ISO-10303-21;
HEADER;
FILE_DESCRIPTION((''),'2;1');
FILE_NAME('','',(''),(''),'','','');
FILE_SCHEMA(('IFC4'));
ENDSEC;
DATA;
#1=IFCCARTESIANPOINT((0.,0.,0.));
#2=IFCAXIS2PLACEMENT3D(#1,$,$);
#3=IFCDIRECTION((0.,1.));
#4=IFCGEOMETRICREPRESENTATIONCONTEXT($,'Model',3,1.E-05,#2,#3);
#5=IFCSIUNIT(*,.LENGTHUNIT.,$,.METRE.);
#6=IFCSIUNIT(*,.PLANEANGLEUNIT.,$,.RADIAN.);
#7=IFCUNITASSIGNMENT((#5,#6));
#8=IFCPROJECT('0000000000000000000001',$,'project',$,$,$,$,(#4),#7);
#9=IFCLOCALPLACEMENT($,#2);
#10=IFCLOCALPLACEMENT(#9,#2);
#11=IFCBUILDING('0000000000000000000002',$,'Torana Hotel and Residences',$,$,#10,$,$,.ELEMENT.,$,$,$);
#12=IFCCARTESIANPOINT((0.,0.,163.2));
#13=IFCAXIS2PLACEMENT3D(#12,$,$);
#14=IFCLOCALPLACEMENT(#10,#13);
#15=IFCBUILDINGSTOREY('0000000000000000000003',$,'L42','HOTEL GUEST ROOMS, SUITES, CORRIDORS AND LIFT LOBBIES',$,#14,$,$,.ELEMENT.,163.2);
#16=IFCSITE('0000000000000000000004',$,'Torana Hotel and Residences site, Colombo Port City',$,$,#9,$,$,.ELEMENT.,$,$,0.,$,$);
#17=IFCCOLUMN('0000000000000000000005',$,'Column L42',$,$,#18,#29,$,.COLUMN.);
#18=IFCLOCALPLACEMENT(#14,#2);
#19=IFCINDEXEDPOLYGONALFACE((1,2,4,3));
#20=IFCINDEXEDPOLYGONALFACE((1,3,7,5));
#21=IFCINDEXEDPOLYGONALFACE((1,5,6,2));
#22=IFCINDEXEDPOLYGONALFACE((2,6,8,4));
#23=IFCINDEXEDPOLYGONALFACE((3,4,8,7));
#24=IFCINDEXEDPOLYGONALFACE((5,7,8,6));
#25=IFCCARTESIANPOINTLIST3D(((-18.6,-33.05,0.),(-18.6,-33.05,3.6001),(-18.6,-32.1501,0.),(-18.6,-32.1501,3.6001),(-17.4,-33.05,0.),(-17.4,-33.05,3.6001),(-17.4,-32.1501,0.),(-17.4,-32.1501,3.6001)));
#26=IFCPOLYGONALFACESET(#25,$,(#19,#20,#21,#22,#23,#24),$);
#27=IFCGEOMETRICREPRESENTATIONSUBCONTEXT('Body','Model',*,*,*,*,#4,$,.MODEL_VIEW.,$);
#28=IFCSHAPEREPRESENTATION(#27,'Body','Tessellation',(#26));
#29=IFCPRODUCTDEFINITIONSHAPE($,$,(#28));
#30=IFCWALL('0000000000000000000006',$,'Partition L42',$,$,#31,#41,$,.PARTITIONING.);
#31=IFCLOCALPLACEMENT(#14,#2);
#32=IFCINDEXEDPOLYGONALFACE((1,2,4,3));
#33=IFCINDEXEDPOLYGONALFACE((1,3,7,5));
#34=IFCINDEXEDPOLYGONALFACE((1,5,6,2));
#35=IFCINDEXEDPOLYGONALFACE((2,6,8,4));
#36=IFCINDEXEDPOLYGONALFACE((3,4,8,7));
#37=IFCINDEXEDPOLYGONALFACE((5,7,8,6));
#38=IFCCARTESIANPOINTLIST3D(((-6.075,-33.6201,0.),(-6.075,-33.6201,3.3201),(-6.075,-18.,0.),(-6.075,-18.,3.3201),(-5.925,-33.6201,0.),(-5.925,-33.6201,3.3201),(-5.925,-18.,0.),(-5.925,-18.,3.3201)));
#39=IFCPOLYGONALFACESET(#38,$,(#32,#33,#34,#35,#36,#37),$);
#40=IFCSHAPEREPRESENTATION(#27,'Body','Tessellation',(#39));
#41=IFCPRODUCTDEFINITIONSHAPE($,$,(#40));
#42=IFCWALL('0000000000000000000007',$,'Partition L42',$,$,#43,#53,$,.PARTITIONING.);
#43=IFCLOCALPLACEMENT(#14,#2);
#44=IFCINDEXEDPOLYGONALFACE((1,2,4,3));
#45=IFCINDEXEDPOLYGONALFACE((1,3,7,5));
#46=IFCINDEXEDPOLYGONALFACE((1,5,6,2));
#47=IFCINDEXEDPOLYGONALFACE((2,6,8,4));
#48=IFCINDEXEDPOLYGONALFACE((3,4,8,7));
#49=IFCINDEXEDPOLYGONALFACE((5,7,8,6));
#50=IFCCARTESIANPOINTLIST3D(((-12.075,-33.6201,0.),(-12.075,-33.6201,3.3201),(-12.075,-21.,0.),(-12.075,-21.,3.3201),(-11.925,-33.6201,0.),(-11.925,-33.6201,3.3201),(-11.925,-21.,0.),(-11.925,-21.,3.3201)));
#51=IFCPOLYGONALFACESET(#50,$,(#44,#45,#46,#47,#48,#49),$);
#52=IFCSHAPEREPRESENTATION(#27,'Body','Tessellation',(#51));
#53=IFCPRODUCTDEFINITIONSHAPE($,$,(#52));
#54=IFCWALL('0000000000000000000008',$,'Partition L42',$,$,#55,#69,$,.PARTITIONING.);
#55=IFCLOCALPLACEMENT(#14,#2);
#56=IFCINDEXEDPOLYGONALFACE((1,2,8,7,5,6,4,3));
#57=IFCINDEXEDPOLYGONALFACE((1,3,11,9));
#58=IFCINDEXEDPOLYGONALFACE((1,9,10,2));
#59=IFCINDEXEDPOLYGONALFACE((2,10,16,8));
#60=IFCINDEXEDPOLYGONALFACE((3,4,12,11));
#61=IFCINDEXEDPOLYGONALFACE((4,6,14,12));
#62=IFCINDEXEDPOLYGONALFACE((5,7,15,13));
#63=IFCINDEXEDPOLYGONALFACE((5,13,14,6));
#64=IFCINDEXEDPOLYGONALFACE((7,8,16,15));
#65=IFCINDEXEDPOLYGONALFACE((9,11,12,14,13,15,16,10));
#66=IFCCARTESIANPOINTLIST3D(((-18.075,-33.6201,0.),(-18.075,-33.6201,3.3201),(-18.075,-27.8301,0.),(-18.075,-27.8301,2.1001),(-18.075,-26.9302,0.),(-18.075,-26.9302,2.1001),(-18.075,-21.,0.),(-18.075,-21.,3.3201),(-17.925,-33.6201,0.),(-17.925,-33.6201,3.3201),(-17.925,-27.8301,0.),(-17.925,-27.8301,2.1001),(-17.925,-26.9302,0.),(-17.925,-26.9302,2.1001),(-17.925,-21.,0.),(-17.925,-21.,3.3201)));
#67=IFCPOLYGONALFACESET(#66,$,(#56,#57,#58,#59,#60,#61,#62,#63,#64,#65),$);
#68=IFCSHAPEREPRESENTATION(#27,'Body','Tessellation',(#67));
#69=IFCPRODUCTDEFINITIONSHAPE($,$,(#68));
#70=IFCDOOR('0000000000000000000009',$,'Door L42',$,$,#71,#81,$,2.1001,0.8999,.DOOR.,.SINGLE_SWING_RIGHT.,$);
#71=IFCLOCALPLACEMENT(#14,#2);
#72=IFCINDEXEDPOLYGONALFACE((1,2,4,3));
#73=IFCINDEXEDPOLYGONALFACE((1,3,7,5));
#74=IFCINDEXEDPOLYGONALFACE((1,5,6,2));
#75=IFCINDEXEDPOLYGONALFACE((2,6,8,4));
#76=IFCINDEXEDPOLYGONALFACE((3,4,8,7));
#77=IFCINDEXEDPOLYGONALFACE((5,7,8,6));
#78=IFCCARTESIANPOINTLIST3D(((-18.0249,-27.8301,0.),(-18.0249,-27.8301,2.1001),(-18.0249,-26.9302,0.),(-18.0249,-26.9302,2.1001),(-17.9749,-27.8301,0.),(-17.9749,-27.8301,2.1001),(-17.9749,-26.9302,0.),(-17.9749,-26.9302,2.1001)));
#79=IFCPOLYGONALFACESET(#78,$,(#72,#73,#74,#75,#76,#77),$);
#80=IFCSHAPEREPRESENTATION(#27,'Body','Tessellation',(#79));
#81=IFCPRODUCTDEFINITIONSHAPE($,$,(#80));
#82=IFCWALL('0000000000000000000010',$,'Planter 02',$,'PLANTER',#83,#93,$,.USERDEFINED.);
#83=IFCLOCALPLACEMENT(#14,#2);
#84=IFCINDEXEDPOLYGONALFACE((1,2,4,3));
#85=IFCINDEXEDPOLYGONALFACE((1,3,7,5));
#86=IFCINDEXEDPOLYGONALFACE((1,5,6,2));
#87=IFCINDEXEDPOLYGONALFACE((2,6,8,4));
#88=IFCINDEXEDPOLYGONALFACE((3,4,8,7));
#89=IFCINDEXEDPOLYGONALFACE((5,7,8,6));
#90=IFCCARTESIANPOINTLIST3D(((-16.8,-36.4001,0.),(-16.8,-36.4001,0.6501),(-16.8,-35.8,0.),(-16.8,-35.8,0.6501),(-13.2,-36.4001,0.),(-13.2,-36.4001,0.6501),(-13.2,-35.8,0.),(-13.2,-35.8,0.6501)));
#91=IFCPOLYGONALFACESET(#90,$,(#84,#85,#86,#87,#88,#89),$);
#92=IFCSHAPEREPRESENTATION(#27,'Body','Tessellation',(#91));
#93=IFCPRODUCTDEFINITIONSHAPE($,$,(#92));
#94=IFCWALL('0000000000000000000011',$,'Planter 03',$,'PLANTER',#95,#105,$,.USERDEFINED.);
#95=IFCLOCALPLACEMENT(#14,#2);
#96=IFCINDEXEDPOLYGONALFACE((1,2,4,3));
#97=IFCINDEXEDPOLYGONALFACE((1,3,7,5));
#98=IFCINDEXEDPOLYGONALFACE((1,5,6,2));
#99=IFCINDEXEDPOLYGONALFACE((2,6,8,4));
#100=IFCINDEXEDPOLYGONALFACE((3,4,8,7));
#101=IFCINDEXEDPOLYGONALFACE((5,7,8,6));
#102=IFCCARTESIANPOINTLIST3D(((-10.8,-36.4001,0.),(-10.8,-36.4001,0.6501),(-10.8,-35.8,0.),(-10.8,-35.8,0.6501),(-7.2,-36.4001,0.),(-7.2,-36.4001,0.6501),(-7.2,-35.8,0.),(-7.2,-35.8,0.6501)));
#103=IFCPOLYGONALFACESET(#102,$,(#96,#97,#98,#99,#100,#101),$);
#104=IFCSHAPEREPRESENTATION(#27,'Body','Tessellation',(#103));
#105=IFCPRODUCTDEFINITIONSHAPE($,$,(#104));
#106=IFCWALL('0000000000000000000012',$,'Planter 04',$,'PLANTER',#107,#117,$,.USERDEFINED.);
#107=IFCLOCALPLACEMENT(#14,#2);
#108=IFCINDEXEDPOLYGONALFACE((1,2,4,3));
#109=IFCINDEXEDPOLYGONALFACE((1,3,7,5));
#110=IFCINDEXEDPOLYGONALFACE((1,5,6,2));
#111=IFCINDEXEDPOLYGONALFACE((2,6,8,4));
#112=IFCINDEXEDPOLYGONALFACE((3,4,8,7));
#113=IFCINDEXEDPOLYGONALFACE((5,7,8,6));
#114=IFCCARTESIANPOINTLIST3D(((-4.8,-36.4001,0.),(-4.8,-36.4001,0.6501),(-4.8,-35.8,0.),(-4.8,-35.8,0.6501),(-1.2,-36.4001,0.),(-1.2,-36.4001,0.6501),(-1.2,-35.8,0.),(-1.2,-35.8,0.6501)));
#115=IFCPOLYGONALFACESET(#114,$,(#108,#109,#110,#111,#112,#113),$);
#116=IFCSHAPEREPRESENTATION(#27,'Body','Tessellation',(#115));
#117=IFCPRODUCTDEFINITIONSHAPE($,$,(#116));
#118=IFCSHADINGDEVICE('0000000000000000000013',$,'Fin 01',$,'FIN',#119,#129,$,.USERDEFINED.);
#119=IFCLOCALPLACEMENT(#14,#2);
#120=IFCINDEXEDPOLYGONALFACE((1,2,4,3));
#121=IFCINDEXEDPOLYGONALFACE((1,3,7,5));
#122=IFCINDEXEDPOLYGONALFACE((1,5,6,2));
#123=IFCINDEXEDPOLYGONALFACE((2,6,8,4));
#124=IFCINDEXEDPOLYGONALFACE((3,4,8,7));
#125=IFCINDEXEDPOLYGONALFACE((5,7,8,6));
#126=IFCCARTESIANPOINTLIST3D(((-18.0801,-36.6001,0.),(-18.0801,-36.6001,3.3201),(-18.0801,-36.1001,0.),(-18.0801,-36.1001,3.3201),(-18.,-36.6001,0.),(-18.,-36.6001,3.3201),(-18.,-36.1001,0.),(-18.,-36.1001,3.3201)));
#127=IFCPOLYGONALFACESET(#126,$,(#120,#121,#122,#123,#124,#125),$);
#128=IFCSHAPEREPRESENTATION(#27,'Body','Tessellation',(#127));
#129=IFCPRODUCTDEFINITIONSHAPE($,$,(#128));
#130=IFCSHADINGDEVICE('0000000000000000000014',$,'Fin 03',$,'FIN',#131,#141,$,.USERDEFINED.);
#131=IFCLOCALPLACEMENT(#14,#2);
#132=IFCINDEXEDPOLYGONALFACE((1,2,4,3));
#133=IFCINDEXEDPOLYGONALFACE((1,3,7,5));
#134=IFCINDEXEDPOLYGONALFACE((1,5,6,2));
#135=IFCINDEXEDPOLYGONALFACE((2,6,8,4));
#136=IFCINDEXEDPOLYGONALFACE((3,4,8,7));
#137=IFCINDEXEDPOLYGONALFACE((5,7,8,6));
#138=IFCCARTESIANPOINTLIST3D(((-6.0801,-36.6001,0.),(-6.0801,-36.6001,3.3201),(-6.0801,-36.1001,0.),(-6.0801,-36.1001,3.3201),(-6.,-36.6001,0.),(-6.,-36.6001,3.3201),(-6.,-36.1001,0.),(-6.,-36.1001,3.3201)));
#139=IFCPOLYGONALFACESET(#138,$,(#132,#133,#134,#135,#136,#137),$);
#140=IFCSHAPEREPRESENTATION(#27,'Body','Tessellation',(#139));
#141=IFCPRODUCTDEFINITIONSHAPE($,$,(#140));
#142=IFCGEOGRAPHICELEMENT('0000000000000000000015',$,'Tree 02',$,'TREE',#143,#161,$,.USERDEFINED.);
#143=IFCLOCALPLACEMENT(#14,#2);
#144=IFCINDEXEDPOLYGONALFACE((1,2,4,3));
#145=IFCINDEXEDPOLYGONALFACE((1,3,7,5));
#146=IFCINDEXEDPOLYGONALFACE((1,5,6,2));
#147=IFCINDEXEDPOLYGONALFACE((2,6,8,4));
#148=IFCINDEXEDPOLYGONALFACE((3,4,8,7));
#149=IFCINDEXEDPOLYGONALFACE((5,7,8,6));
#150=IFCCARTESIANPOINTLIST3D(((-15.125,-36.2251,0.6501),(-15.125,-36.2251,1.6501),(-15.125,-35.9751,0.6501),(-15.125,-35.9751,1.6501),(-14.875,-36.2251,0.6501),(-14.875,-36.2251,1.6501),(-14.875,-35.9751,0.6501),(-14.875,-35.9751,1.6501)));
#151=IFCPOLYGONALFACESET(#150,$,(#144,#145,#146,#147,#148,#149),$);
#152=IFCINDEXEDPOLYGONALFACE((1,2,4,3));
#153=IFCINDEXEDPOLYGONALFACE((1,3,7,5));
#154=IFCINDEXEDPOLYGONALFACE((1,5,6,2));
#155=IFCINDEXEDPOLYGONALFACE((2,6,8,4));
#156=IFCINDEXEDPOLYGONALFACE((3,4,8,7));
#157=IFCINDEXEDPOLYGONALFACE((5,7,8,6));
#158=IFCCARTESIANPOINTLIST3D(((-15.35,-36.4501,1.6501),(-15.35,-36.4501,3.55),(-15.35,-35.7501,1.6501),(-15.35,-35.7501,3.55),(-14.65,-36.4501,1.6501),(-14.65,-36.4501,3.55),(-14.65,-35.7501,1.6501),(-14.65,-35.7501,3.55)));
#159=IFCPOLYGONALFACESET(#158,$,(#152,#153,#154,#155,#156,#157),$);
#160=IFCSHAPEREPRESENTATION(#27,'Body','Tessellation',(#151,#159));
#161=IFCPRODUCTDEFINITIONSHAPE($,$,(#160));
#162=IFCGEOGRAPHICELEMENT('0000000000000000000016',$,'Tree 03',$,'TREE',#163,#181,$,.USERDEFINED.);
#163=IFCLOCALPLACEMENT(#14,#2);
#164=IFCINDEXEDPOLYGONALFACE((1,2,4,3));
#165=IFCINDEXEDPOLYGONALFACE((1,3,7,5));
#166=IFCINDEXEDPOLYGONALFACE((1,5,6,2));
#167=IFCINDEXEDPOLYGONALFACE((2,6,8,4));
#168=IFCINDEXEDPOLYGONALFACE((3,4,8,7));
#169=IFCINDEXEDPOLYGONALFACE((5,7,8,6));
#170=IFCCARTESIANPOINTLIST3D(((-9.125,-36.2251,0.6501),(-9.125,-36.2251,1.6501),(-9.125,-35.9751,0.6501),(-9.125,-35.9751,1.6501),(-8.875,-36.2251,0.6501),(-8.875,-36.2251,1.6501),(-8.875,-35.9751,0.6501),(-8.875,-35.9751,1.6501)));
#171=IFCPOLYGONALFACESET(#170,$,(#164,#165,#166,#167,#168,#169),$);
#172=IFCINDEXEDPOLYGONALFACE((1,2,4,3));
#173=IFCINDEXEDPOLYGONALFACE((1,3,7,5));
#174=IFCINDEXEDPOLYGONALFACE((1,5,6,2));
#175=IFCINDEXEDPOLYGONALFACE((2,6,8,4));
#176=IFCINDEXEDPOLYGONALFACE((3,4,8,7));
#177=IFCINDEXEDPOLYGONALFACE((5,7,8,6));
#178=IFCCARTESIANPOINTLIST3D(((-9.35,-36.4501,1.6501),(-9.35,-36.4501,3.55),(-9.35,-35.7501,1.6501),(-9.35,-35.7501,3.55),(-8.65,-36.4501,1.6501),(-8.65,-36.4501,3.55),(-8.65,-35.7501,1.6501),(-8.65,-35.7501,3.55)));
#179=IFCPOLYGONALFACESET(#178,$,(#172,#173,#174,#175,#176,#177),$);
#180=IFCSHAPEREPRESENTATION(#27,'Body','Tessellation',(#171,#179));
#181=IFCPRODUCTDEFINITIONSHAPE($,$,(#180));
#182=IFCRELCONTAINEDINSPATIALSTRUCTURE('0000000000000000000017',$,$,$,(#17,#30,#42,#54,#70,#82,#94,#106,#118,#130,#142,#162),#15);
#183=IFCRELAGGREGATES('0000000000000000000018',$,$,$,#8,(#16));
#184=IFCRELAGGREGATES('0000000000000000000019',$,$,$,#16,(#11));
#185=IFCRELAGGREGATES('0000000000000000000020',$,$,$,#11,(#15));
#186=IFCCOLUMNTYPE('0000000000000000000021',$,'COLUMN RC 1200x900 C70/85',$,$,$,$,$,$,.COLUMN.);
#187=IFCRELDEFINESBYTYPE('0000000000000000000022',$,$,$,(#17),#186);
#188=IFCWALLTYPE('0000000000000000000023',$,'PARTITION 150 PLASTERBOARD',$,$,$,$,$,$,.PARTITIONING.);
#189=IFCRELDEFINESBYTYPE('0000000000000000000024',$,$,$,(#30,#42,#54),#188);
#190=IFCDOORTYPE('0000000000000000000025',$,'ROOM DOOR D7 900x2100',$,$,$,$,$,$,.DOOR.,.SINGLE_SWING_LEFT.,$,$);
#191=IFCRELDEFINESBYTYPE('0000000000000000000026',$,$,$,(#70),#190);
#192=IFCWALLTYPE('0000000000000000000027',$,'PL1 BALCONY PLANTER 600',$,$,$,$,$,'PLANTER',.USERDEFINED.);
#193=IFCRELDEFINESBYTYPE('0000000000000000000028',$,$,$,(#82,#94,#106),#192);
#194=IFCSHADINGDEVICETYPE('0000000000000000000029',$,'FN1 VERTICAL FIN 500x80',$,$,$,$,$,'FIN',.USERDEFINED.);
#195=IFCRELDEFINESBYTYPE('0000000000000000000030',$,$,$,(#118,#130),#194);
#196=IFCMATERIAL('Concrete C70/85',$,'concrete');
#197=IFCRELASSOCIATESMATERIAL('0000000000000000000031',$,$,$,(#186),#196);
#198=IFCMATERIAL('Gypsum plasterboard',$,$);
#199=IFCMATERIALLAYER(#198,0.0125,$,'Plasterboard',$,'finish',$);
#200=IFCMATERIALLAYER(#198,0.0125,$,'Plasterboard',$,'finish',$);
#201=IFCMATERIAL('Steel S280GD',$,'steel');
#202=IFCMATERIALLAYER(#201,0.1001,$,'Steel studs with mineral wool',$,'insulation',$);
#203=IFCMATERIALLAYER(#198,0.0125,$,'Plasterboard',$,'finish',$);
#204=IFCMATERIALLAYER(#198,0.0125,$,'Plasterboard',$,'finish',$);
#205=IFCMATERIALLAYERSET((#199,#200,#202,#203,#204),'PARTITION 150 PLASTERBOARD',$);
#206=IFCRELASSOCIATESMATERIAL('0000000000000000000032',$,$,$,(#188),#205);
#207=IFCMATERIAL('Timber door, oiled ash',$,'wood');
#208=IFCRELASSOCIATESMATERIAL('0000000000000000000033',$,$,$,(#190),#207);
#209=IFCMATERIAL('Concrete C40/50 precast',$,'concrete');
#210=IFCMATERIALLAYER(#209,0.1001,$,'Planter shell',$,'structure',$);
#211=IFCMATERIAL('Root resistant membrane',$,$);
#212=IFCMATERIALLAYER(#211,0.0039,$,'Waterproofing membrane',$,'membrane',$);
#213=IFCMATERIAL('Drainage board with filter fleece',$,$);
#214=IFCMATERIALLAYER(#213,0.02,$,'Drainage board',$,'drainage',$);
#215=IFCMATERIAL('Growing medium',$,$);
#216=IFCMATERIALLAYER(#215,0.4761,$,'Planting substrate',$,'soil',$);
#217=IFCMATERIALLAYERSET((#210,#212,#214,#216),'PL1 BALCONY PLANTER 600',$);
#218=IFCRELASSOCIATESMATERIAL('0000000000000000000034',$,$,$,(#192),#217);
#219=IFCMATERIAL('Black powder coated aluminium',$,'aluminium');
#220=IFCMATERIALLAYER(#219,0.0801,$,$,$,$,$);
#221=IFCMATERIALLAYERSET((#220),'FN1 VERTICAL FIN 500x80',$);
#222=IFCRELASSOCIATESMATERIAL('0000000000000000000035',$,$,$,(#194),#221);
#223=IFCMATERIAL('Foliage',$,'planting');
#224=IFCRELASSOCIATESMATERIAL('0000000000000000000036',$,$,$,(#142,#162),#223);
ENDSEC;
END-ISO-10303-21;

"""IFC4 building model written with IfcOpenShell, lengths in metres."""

from ifc_helpers import new_model, si_unit, direction, frame, frame_2d, origin, origin_2d, place, context, subcontext, project, spatial, rectangle, extrude, material, layer, layer_set, material_profile, profile_set, type_object, element, fill, save


model = new_model("IFC4")

# Units and contexts
model_context = context("Model", 3, precision=1e-05, world=origin(), true_north=direction((0.0, 1.0)))
body_context = subcontext(model_context, "Body", "Model", "MODEL_VIEW")
ifc_project = project(units=[si_unit("LENGTHUNIT", "METRE"), si_unit("PLANEANGLEUNIT", "RADIAN")], contexts=[model_context])

# Site, building, storey
site_placement = place(None, origin())
site = spatial("IfcSite", under=ifc_project, at=site_placement, Name="Torana Hotel and Residences site, Colombo Port City", CompositionType="ELEMENT", RefElevation=0.0)
building_placement = place(site_placement, origin())
building = spatial("IfcBuilding", under=site, at=building_placement, Name="Torana Hotel and Residences", CompositionType="ELEMENT")
storey_placement = place(building_placement, frame((0.0, 0.0, 163.2)))
storey = spatial("IfcBuildingStorey", under=building, at=storey_placement, Name="L42", Description="HOTEL GUEST ROOMS, SUITES, CORRIDORS AND LIFT LOBBIES", CompositionType="ELEMENT", Elevation=163.2)

# Column
ifc_material_1 = material(Name="Concrete C70/85", Category="concrete")
ifc_material_profile = material_profile(ifc_material_1, rectangle(XDim=1.2, YDim=0.8999, at=origin_2d()), Name="RC 1200x900")
ifc_profile_set = profile_set([ifc_material_profile], Name="Concrete C70/85")
column_type = type_object("IfcColumnType", Name="COLUMN RC 1200x900 C70/85", PredefinedType="COLUMN", material=ifc_profile_set)
column_placement = place(storey_placement, frame((-18.0, -32.6001, 0.0), z_axis=(0.0, 0.0, 1.0), x_axis=(1.0, 0.0, 0.0)))
element("IfcColumn", 1, at=column_placement, inside=storey, type_object=column_type, Name="Column L42", PredefinedType="COLUMN", context=body_context, shape_type="SweptSolid", body=[
    extrude(rectangle(XDim=1.2, YDim=0.8999, at=origin_2d()), origin(), (0.0, 0.0, 1.0), 3.6001),
])

# Walls
ifc_material_2 = material(Name="Gypsum plasterboard")
ifc_layer_1 = layer(ifc_material_2, 0.0125, Name="Plasterboard", Category="finish")
ifc_layer_2 = layer(ifc_material_2, 0.0125, Name="Plasterboard", Category="finish")
ifc_material_3 = material(Name="Steel S280GD", Category="steel")
ifc_layer_3 = layer(ifc_material_3, 0.1001, Name="Steel studs with mineral wool", Category="insulation")
ifc_layer_4 = layer(ifc_material_2, 0.0125, Name="Plasterboard", Category="finish")
ifc_layer_5 = layer(ifc_material_2, 0.0125, Name="Plasterboard", Category="finish")
ifc_layer_set_1 = layer_set([ifc_layer_1, ifc_layer_2, ifc_layer_3, ifc_layer_4, ifc_layer_5], Name="PARTITION 150 PLASTERBOARD")
wall_type_1 = type_object("IfcWallType", Name="PARTITION 150 PLASTERBOARD", PredefinedType="PARTITIONING", material=ifc_layer_set_1)
wall_1_placement = place(storey_placement, frame((-6.0, -33.6201, 0.0), z_axis=(0.0, 0.0, 1.0), x_axis=(0.0, 1.0, 0.0)))
element("IfcWall", 2, at=wall_1_placement, inside=storey, type_object=wall_type_1, Name="Partition L42", PredefinedType="PARTITIONING", context=body_context, shape_type="SweptSolid", body=[
    extrude(rectangle(XDim=15.6201, YDim=0.1499, at=frame_2d((7.8101, 0.0))), origin(), (0.0, 0.0, 1.0), 3.3201),
])
wall_2_placement = place(storey_placement, frame((-12.0, -33.6201, 0.0), z_axis=(0.0, 0.0, 1.0), x_axis=(0.0, 1.0, 0.0)))
element("IfcWall", 3, at=wall_2_placement, inside=storey, type_object=wall_type_1, Name="Partition L42", PredefinedType="PARTITIONING", context=body_context, shape_type="SweptSolid", body=[
    extrude(rectangle(XDim=12.6201, YDim=0.1499, at=frame_2d((6.3101, 0.0))), origin(), (0.0, 0.0, 1.0), 3.3201),
])

# Wall, opening, door
wall_3_placement = place(storey_placement, frame((-18.0, -33.6201, 0.0), z_axis=(0.0, 0.0, 1.0), x_axis=(0.0, 1.0, 0.0)))
wall_3 = element("IfcWall", 4, at=wall_3_placement, inside=storey, type_object=wall_type_1, Name="Partition L42", PredefinedType="PARTITIONING", context=body_context, shape_type="SweptSolid", body=[
    extrude(rectangle(XDim=12.6201, YDim=0.1499, at=frame_2d((6.3101, 0.0))), origin(), (0.0, 0.0, 1.0), 3.3201),
])
opening_placement = place(wall_3_placement, frame((5.79, 0.0, 0.0)))
opening = element("IfcOpeningElement", 5, at=opening_placement, cuts=wall_3, PredefinedType="OPENING", context=body_context, shape_type="SweptSolid", body=[
    extrude(rectangle(XDim=0.8999, YDim=2.1001, at=frame_2d((0.45, 1.05))), frame((0.0, 0.085, 0.0), z_axis=(0.0, -1.0, 0.0), x_axis=(1.0, 0.0, 0.0)), (0.0, 0.0, 1.0), 0.1699),
])
ifc_material_4 = material(Name="Timber door, oiled ash", Category="wood")
door_type = type_object("IfcDoorType", Name="ROOM DOOR D7 900x2100", OperationType="SINGLE_SWING_LEFT", PredefinedType="DOOR", material=ifc_material_4)
door_placement = place(opening_placement, origin())
door = element("IfcDoor", 6, at=door_placement, inside=storey, type_object=door_type, Name="Door L42", OperationType="SINGLE_SWING_RIGHT", OverallHeight=2.1001, OverallWidth=0.8999, PredefinedType="DOOR", context=body_context, shape_type="SweptSolid", body=[
    extrude(rectangle(XDim=0.8999, YDim=2.1001, at=frame_2d((0.45, 1.05))), frame((0.0, 0.0249, 0.0), z_axis=(0.0, -1.0, 0.0), x_axis=(1.0, 0.0, 0.0)), (0.0, 0.0, 1.0), 0.05),
])
fill(opening, door)

# Walls
ifc_material_5 = material(Name="Concrete C40/50 precast", Category="concrete")
ifc_layer_6 = layer(ifc_material_5, 0.1001, Name="Planter shell", Category="structure")
ifc_material_6 = material(Name="Root resistant membrane")
ifc_layer_7 = layer(ifc_material_6, 0.0039, Name="Waterproofing membrane", Category="membrane")
ifc_material_7 = material(Name="Drainage board with filter fleece")
ifc_layer_8 = layer(ifc_material_7, 0.02, Name="Drainage board", Category="drainage")
ifc_material_8 = material(Name="Growing medium")
ifc_layer_9 = layer(ifc_material_8, 0.4761, Name="Planting substrate", Category="soil")
ifc_layer_set_2 = layer_set([ifc_layer_6, ifc_layer_7, ifc_layer_8, ifc_layer_9], Name="PL1 BALCONY PLANTER 600")
wall_type_2 = type_object("IfcWallType", Name="PL1 BALCONY PLANTER 600", ElementType="PLANTER", PredefinedType="USERDEFINED", material=ifc_layer_set_2)
for number, where, z_axis, x_axis, name in (
    (7, (-13.2, -36.1001, 0.0), (0.0, 0.0, 1.0), (-1.0, 0.0, 0.0), "Planter 02"),
    (8, (-7.2, -36.1001, 0.0), (0.0, 0.0, 1.0), (-1.0, 0.0, 0.0), "Planter 03"),
    (9, (-1.2, -36.1001, 0.0), (0.0, 0.0, 1.0), (-1.0, 0.0, 0.0), "Planter 04"),
):
    element("IfcWall", number, at=place(storey_placement, frame(where, z_axis=z_axis, x_axis=x_axis)), inside=storey, type_object=wall_type_2, Name=name, ObjectType="PLANTER", PredefinedType="USERDEFINED", context=body_context, shape_type="SweptSolid", body=[
        extrude(rectangle(XDim=3.6001, YDim=0.6001, at=frame_2d((1.8, 0.0))), origin(), (0.0, 0.0, 1.0), 0.6501),
    ])

# Shading devices
ifc_material_9 = material(Name="Black powder coated aluminium", Category="aluminium")
ifc_layer_10 = layer(ifc_material_9, 0.0801)
ifc_layer_set_3 = layer_set([ifc_layer_10], Name="FN1 VERTICAL FIN 500x80")
shading_device_type = type_object("IfcShadingDeviceType", Name="FN1 VERTICAL FIN 500x80", ElementType="FIN", PredefinedType="USERDEFINED", material=ifc_layer_set_3)
for number, where, z_axis, x_axis, name in (
    (10, (-18.04, -36.3501, 0.0), (0.0, 0.0, 1.0), (-1.0, 0.0, 0.0), "Fin 01"),
    (11, (-6.04, -36.3501, 0.0), (0.0, 0.0, 1.0), (-1.0, 0.0, 0.0), "Fin 03"),
):
    element("IfcShadingDevice", number, at=place(storey_placement, frame(where, z_axis=z_axis, x_axis=x_axis)), inside=storey, type_object=shading_device_type, Name=name, ObjectType="FIN", PredefinedType="USERDEFINED", context=body_context, shape_type="SweptSolid", body=[
        extrude(rectangle(XDim=0.0801, YDim=0.5, at=origin_2d()), origin(), (0.0, 0.0, 1.0), 3.3201),
    ])

# Geographic elements
ifc_material_10 = material(Name="Foliage", Category="planting")
for number, where, z_axis, x_axis, name in (
    (12, (-15.0, -36.1001, 0.6501), (0.0, 0.0, 1.0), (1.0, 0.0, 0.0), "Tree 02"),
    (13, (-9.0, -36.1001, 0.6501), (0.0, 0.0, 1.0), (1.0, 0.0, 0.0), "Tree 03"),
):
    element("IfcGeographicElement", number, at=place(storey_placement, frame(where, z_axis=z_axis, x_axis=x_axis)), inside=storey, material=ifc_material_10, Name=name, ObjectType="TREE", PredefinedType="USERDEFINED", context=body_context, shape_type="SweptSolid", body=[
        extrude(rectangle(XDim=0.25, YDim=0.25, at=origin_2d()), origin(), (0.0, 0.0, 1.0), 1.0),
        extrude(rectangle(XDim=0.7, YDim=0.7, at=origin_2d()), frame((0.0, 0.0, 1.0)), (0.0, 0.0, 1.0), 1.8999),
    ])

save(model, "model.ifc")
